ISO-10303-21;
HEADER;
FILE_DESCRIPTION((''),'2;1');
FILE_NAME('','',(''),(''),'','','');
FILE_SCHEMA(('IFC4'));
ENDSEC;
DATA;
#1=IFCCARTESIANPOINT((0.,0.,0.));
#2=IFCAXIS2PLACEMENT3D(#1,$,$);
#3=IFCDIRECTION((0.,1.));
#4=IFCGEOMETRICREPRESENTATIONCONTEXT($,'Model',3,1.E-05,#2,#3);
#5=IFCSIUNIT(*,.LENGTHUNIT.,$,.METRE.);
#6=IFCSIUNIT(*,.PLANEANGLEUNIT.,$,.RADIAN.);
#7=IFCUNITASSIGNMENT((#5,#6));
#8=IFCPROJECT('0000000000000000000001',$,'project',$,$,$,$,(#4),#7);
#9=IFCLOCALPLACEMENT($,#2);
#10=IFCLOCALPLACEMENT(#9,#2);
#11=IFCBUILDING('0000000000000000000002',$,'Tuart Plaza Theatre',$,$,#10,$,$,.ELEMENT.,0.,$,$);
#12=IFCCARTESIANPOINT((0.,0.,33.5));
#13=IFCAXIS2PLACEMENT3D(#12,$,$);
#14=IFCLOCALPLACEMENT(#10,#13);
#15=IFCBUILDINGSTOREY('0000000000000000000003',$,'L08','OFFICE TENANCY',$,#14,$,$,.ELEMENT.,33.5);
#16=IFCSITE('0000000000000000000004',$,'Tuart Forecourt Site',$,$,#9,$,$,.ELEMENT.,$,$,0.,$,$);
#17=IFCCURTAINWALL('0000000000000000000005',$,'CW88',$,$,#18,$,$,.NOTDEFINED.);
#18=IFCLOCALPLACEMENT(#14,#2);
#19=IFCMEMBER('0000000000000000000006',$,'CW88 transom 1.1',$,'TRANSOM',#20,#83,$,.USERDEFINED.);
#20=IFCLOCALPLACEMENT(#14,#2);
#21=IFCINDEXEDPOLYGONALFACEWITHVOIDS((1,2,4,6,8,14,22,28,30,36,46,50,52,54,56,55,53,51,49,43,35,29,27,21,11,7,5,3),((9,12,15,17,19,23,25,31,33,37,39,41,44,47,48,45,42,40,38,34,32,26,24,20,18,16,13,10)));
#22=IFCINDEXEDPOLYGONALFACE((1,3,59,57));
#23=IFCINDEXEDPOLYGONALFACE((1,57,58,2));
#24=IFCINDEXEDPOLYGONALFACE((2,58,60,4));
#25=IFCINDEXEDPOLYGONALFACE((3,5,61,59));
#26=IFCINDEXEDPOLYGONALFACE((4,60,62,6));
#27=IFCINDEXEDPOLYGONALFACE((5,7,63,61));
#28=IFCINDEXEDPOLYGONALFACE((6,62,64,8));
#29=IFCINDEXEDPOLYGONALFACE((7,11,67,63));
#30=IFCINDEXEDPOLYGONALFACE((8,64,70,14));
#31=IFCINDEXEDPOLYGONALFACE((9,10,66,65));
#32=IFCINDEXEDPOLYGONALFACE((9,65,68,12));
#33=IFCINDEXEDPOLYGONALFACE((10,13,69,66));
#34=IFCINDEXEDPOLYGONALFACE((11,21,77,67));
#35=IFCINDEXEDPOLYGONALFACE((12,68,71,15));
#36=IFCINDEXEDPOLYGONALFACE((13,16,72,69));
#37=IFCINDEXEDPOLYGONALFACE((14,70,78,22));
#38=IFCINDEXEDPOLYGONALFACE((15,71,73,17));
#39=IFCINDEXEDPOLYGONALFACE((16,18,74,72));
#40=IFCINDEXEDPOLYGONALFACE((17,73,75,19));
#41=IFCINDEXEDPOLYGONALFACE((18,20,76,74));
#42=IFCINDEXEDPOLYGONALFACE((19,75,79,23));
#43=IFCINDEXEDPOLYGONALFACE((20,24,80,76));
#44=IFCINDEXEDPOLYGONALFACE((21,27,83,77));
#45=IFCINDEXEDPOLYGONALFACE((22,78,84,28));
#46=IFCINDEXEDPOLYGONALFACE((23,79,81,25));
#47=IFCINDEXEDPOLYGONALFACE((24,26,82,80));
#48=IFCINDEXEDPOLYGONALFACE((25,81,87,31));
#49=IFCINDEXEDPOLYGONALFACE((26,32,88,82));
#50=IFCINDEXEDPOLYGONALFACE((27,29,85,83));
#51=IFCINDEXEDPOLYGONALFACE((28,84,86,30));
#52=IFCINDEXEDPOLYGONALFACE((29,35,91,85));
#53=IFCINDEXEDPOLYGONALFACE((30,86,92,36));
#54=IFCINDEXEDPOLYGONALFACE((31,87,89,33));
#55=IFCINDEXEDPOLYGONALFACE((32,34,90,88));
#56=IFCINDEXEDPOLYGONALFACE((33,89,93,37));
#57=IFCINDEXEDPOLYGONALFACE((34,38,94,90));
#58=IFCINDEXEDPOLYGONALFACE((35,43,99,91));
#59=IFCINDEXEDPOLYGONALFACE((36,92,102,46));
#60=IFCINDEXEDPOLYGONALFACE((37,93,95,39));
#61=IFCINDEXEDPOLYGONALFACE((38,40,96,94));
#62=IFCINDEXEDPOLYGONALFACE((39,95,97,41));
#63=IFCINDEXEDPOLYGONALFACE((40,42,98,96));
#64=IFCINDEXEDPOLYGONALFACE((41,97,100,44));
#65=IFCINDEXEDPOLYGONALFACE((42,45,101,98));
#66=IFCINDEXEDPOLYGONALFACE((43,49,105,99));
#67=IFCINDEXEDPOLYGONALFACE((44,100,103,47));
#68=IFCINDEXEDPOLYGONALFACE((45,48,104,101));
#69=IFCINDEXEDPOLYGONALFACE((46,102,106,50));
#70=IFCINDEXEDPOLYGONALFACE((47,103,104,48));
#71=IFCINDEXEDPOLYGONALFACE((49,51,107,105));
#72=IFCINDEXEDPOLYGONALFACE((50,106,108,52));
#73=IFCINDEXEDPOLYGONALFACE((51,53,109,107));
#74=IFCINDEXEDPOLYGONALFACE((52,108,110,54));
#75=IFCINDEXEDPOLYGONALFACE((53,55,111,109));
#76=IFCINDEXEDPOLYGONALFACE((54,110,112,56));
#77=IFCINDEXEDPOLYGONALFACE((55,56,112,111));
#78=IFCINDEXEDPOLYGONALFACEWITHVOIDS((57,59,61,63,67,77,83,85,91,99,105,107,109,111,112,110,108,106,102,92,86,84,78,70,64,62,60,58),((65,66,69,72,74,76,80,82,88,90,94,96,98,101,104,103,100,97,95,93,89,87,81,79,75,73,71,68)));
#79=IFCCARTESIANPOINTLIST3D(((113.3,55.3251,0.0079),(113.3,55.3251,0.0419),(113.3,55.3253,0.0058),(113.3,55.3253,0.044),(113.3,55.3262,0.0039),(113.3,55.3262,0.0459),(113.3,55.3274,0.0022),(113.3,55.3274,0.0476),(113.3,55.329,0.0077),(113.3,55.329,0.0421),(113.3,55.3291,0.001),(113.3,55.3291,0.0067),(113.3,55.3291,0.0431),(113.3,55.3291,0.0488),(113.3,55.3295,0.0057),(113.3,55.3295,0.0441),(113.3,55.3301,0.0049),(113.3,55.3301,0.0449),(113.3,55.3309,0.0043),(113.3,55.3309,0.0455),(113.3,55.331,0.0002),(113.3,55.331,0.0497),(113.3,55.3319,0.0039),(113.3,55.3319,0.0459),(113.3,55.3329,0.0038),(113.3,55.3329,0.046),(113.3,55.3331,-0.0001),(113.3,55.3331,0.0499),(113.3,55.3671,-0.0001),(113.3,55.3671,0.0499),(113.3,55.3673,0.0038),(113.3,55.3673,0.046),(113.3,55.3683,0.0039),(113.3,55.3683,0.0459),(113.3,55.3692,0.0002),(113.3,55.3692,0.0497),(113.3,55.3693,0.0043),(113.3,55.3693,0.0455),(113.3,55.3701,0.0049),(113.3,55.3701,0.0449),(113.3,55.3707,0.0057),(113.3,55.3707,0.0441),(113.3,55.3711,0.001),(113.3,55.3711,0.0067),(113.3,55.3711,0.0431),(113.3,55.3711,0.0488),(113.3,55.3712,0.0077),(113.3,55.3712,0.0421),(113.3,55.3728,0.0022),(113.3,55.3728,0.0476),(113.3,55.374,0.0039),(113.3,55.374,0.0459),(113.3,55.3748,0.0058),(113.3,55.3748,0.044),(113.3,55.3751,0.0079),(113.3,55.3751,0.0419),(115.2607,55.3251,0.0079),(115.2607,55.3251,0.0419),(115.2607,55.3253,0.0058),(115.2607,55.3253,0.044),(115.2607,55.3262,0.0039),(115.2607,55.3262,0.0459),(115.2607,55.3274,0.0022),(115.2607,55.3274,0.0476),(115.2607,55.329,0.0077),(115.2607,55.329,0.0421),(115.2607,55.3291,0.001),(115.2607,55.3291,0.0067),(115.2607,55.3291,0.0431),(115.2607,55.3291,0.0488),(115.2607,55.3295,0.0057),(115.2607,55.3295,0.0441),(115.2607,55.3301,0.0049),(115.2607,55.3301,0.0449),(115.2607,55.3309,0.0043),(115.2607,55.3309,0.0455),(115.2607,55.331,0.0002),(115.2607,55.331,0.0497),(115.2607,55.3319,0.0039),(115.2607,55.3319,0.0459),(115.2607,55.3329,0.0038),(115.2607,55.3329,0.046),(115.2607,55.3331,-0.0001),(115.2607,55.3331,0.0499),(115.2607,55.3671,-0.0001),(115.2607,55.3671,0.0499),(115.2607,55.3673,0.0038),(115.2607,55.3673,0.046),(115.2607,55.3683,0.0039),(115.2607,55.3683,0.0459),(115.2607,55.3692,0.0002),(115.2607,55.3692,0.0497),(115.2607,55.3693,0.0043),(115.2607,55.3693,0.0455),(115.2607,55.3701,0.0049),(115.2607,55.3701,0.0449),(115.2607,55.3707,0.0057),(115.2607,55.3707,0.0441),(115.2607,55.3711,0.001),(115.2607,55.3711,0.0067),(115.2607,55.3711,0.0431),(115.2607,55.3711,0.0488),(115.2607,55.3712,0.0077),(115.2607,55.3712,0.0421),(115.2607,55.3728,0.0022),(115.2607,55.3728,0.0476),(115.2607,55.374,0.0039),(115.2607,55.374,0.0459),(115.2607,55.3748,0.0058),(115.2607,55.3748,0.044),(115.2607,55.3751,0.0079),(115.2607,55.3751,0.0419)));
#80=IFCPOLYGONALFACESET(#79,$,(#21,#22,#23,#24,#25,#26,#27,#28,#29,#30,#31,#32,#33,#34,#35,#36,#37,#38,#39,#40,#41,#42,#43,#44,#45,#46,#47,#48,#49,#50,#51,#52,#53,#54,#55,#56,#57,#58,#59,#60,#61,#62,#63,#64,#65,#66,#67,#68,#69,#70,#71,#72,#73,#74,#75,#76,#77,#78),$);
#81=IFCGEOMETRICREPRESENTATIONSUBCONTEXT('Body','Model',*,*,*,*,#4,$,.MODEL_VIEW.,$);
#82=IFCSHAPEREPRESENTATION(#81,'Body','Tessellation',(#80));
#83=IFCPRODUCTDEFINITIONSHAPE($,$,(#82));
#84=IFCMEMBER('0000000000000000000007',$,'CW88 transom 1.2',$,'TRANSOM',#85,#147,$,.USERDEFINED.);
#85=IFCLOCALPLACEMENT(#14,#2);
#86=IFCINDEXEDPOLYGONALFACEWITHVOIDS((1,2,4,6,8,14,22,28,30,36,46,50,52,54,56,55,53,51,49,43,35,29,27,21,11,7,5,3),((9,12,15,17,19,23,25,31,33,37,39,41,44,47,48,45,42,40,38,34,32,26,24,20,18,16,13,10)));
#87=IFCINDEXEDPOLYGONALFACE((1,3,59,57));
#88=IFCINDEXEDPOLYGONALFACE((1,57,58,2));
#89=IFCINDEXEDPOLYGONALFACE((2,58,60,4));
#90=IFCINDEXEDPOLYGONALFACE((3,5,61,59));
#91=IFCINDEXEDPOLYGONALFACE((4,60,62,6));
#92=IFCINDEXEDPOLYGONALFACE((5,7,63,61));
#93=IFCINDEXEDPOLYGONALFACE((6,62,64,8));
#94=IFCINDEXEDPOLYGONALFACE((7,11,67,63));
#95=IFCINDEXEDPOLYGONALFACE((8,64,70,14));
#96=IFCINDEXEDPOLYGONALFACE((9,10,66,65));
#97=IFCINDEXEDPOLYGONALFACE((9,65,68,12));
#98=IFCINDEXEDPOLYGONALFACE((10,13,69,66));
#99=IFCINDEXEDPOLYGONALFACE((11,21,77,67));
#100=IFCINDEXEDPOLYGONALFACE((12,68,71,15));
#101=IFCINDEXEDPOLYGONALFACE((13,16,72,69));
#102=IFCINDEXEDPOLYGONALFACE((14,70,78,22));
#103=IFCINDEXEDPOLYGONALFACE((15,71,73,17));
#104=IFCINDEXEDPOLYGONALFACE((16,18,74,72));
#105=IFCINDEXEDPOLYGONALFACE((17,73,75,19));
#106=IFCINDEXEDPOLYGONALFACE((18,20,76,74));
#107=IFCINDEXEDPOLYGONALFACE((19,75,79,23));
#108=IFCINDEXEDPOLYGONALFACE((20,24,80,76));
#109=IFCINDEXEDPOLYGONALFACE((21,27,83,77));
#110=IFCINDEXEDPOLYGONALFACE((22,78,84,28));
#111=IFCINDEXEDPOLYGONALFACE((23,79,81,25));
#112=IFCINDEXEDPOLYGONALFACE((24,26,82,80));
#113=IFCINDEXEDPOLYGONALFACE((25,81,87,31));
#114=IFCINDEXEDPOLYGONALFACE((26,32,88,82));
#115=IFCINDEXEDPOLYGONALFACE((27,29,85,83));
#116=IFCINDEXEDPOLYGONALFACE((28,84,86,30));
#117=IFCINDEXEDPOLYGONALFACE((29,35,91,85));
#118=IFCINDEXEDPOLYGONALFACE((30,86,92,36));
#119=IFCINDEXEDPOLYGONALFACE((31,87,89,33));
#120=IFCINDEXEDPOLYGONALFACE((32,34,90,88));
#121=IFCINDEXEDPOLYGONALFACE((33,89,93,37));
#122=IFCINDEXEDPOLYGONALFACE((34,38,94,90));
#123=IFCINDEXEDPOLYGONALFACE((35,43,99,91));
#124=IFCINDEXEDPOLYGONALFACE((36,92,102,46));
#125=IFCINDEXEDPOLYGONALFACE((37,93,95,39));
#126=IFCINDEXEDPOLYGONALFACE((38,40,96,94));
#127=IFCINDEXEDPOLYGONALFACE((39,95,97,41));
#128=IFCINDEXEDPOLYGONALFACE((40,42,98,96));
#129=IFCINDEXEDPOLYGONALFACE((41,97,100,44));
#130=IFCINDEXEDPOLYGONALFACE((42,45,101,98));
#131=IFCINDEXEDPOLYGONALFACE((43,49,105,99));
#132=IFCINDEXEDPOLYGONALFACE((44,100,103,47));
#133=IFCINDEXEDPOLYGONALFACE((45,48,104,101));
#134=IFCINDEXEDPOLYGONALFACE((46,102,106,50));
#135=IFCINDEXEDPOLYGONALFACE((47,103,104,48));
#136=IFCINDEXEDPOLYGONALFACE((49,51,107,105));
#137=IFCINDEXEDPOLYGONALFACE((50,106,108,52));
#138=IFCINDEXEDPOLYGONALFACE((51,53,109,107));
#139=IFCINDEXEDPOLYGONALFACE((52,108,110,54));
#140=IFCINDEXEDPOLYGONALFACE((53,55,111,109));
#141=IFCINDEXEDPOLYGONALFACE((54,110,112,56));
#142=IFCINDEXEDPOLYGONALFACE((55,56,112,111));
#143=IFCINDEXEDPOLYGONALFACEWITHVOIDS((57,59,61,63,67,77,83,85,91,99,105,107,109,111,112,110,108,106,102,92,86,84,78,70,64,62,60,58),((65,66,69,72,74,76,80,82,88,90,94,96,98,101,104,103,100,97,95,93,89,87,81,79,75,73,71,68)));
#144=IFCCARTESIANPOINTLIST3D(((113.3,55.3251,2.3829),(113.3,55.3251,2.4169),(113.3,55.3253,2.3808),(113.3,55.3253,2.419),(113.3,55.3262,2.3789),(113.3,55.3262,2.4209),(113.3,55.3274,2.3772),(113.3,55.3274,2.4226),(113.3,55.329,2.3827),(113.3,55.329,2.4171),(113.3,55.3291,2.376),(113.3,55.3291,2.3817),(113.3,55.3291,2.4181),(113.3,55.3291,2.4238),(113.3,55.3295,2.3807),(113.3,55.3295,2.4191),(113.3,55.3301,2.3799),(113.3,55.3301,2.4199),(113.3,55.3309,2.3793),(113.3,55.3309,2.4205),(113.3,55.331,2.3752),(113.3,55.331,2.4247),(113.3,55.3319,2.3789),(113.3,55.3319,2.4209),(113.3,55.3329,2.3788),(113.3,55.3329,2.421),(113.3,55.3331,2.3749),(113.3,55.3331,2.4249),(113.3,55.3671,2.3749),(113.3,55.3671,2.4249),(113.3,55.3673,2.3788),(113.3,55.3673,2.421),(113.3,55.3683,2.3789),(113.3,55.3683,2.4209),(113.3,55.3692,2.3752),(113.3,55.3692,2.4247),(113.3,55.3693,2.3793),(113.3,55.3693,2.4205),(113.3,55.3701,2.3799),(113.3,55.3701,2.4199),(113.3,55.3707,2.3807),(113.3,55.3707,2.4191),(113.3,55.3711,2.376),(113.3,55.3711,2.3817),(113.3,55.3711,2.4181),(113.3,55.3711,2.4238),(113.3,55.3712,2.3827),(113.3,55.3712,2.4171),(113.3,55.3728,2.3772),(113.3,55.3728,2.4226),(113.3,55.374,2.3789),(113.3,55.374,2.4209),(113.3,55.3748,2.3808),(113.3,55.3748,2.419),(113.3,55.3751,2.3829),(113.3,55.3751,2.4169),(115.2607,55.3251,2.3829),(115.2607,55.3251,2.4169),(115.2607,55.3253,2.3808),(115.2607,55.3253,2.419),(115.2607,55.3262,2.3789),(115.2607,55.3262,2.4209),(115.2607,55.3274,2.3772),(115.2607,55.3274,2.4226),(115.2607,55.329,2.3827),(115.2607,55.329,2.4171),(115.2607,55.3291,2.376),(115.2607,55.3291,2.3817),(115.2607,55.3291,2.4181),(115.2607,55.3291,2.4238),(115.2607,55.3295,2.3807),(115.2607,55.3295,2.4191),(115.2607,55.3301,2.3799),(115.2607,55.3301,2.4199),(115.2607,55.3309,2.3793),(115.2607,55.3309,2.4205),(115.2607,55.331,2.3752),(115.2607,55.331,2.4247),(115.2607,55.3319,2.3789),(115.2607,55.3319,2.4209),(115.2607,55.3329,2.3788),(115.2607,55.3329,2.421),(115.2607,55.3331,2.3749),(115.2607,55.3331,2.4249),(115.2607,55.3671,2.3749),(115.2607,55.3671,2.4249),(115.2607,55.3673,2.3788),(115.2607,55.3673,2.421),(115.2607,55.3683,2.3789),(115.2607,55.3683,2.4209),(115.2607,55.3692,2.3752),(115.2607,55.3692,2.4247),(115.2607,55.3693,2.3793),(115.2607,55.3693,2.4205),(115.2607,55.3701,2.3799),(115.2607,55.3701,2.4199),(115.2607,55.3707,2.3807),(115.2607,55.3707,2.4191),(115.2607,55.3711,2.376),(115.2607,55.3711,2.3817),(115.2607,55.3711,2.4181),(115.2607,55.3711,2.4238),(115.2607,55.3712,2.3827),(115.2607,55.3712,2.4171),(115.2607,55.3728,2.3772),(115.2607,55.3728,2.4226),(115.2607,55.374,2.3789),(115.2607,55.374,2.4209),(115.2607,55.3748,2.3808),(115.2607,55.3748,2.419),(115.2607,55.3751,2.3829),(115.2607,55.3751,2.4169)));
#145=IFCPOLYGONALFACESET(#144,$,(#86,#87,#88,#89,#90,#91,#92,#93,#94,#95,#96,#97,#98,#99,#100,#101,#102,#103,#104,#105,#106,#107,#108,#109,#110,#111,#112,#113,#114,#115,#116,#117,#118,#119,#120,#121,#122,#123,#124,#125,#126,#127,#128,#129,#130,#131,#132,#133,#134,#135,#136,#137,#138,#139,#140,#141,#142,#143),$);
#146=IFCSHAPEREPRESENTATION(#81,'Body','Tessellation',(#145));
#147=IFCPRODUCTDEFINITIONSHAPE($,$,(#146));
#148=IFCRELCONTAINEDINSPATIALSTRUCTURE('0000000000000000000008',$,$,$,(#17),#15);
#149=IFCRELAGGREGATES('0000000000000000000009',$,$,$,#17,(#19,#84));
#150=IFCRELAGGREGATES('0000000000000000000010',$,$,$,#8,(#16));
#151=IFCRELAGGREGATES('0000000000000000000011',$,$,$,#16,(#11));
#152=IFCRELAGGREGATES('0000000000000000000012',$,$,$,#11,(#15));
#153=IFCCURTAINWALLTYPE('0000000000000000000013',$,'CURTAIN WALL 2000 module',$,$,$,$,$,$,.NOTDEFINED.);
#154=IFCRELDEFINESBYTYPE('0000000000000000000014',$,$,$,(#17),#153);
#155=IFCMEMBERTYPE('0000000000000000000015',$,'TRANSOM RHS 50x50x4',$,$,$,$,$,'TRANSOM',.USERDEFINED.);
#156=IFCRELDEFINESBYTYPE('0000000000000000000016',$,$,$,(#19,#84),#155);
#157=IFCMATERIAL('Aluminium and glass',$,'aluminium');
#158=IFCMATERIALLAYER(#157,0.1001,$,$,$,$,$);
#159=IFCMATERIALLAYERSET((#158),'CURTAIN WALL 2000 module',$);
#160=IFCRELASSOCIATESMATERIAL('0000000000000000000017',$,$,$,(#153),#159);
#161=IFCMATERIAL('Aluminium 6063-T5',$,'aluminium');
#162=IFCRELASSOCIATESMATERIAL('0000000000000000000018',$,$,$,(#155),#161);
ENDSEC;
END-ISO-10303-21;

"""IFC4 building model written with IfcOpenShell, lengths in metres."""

from ifc_helpers import new_model, si_unit, direction, frame, origin, origin_2d, place, context, subcontext, project, spatial, hollow_rectangle, extrude, material, layer, layer_set, material_profile, profile_set, type_object, element, aggregate, save


model = new_model("IFC4")

# Units and contexts
model_context = context("Model", 3, precision=1e-05, world=origin(), true_north=direction((0.0, 1.0)))
body_context = subcontext(model_context, "Body", "Model", "MODEL_VIEW")
ifc_project = project(units=[si_unit("LENGTHUNIT", "METRE"), si_unit("PLANEANGLEUNIT", "RADIAN")], contexts=[model_context])

# Site, building, storey
site_placement = place(None, origin())
site = spatial("IfcSite", under=ifc_project, at=site_placement, Name="Tuart Forecourt Site", CompositionType="ELEMENT", RefElevation=0.0)
building_placement = place(site_placement, origin())
building = spatial("IfcBuilding", under=site, at=building_placement, Name="Tuart Plaza Theatre", CompositionType="ELEMENT", ElevationOfRefHeight=0.0)
storey_placement = place(building_placement, frame((0.0, 0.0, 33.5)))
storey = spatial("IfcBuildingStorey", under=building, at=storey_placement, Name="L08", Description="OFFICE TENANCY", CompositionType="ELEMENT", Elevation=33.5)

# Curtain wall
ifc_material_1 = material(Name="Aluminium and glass", Category="aluminium")
ifc_layer_1 = layer(ifc_material_1, 0.1001)
ifc_layer_set_1 = layer_set([ifc_layer_1], Name="CURTAIN WALL 2000 module")
curtain_wall_type = type_object("IfcCurtainWallType", Name="CURTAIN WALL 2000 module", PredefinedType="NOTDEFINED", material=ifc_layer_set_1)
curtain_wall_1_placement = place(storey_placement, origin())
curtain_wall_1 = element("IfcCurtainWall", 1, at=curtain_wall_1_placement, inside=storey, type_object=curtain_wall_type, Name="CW88", PredefinedType="NOTDEFINED")

# Members
ifc_material_2 = material(Name="Aluminium 6063-T5", Category="aluminium")
ifc_material_profile_1 = material_profile(ifc_material_2, hollow_rectangle(XDim=0.05, YDim=0.05, WallThickness=0.0039, InnerFilletRadius=0.0039, OuterFilletRadius=0.0081, at=origin_2d()), Name="RHS 50x50x4")
ifc_profile_set_1 = profile_set([ifc_material_profile_1], Name="Aluminium 6063-T5")
member_type_1 = type_object("IfcMemberType", Name="TRANSOM RHS 50x50x4", ElementType="TRANSOM", PredefinedType="USERDEFINED", material=ifc_profile_set_1)
member_1_placement = place(storey_placement, frame((113.3, 55.3501, 0.0249), z_axis=(1.0, 0.0, 0.0), x_axis=(0.0, 1.0, 0.0)))
member_1 = element("IfcMember", 2, at=member_1_placement, type_object=member_type_1, Name="CW88 transom 1.1", ObjectType="TRANSOM", PredefinedType="USERDEFINED", context=body_context, shape_type="SweptSolid", body=[
    extrude(hollow_rectangle(XDim=0.05, YDim=0.05, WallThickness=0.0039, InnerFilletRadius=0.0039, OuterFilletRadius=0.0081, at=origin_2d()), origin(), (0.0, 0.0, 1.0), 1.9607),
])
member_2_placement = place(storey_placement, frame((113.3, 55.3501, 2.3999), z_axis=(1.0, 0.0, 0.0), x_axis=(0.0, 1.0, 0.0)))
member_2 = element("IfcMember", 3, at=member_2_placement, type_object=member_type_1, Name="CW88 transom 1.2", ObjectType="TRANSOM", PredefinedType="USERDEFINED", context=body_context, shape_type="SweptSolid", body=[
    extrude(hollow_rectangle(XDim=0.05, YDim=0.05, WallThickness=0.0039, InnerFilletRadius=0.0039, OuterFilletRadius=0.0081, at=origin_2d()), origin(), (0.0, 0.0, 1.0), 1.9607),
])

aggregate(curtain_wall_1, [member_1, member_2])

save(model, "model.ifc")
